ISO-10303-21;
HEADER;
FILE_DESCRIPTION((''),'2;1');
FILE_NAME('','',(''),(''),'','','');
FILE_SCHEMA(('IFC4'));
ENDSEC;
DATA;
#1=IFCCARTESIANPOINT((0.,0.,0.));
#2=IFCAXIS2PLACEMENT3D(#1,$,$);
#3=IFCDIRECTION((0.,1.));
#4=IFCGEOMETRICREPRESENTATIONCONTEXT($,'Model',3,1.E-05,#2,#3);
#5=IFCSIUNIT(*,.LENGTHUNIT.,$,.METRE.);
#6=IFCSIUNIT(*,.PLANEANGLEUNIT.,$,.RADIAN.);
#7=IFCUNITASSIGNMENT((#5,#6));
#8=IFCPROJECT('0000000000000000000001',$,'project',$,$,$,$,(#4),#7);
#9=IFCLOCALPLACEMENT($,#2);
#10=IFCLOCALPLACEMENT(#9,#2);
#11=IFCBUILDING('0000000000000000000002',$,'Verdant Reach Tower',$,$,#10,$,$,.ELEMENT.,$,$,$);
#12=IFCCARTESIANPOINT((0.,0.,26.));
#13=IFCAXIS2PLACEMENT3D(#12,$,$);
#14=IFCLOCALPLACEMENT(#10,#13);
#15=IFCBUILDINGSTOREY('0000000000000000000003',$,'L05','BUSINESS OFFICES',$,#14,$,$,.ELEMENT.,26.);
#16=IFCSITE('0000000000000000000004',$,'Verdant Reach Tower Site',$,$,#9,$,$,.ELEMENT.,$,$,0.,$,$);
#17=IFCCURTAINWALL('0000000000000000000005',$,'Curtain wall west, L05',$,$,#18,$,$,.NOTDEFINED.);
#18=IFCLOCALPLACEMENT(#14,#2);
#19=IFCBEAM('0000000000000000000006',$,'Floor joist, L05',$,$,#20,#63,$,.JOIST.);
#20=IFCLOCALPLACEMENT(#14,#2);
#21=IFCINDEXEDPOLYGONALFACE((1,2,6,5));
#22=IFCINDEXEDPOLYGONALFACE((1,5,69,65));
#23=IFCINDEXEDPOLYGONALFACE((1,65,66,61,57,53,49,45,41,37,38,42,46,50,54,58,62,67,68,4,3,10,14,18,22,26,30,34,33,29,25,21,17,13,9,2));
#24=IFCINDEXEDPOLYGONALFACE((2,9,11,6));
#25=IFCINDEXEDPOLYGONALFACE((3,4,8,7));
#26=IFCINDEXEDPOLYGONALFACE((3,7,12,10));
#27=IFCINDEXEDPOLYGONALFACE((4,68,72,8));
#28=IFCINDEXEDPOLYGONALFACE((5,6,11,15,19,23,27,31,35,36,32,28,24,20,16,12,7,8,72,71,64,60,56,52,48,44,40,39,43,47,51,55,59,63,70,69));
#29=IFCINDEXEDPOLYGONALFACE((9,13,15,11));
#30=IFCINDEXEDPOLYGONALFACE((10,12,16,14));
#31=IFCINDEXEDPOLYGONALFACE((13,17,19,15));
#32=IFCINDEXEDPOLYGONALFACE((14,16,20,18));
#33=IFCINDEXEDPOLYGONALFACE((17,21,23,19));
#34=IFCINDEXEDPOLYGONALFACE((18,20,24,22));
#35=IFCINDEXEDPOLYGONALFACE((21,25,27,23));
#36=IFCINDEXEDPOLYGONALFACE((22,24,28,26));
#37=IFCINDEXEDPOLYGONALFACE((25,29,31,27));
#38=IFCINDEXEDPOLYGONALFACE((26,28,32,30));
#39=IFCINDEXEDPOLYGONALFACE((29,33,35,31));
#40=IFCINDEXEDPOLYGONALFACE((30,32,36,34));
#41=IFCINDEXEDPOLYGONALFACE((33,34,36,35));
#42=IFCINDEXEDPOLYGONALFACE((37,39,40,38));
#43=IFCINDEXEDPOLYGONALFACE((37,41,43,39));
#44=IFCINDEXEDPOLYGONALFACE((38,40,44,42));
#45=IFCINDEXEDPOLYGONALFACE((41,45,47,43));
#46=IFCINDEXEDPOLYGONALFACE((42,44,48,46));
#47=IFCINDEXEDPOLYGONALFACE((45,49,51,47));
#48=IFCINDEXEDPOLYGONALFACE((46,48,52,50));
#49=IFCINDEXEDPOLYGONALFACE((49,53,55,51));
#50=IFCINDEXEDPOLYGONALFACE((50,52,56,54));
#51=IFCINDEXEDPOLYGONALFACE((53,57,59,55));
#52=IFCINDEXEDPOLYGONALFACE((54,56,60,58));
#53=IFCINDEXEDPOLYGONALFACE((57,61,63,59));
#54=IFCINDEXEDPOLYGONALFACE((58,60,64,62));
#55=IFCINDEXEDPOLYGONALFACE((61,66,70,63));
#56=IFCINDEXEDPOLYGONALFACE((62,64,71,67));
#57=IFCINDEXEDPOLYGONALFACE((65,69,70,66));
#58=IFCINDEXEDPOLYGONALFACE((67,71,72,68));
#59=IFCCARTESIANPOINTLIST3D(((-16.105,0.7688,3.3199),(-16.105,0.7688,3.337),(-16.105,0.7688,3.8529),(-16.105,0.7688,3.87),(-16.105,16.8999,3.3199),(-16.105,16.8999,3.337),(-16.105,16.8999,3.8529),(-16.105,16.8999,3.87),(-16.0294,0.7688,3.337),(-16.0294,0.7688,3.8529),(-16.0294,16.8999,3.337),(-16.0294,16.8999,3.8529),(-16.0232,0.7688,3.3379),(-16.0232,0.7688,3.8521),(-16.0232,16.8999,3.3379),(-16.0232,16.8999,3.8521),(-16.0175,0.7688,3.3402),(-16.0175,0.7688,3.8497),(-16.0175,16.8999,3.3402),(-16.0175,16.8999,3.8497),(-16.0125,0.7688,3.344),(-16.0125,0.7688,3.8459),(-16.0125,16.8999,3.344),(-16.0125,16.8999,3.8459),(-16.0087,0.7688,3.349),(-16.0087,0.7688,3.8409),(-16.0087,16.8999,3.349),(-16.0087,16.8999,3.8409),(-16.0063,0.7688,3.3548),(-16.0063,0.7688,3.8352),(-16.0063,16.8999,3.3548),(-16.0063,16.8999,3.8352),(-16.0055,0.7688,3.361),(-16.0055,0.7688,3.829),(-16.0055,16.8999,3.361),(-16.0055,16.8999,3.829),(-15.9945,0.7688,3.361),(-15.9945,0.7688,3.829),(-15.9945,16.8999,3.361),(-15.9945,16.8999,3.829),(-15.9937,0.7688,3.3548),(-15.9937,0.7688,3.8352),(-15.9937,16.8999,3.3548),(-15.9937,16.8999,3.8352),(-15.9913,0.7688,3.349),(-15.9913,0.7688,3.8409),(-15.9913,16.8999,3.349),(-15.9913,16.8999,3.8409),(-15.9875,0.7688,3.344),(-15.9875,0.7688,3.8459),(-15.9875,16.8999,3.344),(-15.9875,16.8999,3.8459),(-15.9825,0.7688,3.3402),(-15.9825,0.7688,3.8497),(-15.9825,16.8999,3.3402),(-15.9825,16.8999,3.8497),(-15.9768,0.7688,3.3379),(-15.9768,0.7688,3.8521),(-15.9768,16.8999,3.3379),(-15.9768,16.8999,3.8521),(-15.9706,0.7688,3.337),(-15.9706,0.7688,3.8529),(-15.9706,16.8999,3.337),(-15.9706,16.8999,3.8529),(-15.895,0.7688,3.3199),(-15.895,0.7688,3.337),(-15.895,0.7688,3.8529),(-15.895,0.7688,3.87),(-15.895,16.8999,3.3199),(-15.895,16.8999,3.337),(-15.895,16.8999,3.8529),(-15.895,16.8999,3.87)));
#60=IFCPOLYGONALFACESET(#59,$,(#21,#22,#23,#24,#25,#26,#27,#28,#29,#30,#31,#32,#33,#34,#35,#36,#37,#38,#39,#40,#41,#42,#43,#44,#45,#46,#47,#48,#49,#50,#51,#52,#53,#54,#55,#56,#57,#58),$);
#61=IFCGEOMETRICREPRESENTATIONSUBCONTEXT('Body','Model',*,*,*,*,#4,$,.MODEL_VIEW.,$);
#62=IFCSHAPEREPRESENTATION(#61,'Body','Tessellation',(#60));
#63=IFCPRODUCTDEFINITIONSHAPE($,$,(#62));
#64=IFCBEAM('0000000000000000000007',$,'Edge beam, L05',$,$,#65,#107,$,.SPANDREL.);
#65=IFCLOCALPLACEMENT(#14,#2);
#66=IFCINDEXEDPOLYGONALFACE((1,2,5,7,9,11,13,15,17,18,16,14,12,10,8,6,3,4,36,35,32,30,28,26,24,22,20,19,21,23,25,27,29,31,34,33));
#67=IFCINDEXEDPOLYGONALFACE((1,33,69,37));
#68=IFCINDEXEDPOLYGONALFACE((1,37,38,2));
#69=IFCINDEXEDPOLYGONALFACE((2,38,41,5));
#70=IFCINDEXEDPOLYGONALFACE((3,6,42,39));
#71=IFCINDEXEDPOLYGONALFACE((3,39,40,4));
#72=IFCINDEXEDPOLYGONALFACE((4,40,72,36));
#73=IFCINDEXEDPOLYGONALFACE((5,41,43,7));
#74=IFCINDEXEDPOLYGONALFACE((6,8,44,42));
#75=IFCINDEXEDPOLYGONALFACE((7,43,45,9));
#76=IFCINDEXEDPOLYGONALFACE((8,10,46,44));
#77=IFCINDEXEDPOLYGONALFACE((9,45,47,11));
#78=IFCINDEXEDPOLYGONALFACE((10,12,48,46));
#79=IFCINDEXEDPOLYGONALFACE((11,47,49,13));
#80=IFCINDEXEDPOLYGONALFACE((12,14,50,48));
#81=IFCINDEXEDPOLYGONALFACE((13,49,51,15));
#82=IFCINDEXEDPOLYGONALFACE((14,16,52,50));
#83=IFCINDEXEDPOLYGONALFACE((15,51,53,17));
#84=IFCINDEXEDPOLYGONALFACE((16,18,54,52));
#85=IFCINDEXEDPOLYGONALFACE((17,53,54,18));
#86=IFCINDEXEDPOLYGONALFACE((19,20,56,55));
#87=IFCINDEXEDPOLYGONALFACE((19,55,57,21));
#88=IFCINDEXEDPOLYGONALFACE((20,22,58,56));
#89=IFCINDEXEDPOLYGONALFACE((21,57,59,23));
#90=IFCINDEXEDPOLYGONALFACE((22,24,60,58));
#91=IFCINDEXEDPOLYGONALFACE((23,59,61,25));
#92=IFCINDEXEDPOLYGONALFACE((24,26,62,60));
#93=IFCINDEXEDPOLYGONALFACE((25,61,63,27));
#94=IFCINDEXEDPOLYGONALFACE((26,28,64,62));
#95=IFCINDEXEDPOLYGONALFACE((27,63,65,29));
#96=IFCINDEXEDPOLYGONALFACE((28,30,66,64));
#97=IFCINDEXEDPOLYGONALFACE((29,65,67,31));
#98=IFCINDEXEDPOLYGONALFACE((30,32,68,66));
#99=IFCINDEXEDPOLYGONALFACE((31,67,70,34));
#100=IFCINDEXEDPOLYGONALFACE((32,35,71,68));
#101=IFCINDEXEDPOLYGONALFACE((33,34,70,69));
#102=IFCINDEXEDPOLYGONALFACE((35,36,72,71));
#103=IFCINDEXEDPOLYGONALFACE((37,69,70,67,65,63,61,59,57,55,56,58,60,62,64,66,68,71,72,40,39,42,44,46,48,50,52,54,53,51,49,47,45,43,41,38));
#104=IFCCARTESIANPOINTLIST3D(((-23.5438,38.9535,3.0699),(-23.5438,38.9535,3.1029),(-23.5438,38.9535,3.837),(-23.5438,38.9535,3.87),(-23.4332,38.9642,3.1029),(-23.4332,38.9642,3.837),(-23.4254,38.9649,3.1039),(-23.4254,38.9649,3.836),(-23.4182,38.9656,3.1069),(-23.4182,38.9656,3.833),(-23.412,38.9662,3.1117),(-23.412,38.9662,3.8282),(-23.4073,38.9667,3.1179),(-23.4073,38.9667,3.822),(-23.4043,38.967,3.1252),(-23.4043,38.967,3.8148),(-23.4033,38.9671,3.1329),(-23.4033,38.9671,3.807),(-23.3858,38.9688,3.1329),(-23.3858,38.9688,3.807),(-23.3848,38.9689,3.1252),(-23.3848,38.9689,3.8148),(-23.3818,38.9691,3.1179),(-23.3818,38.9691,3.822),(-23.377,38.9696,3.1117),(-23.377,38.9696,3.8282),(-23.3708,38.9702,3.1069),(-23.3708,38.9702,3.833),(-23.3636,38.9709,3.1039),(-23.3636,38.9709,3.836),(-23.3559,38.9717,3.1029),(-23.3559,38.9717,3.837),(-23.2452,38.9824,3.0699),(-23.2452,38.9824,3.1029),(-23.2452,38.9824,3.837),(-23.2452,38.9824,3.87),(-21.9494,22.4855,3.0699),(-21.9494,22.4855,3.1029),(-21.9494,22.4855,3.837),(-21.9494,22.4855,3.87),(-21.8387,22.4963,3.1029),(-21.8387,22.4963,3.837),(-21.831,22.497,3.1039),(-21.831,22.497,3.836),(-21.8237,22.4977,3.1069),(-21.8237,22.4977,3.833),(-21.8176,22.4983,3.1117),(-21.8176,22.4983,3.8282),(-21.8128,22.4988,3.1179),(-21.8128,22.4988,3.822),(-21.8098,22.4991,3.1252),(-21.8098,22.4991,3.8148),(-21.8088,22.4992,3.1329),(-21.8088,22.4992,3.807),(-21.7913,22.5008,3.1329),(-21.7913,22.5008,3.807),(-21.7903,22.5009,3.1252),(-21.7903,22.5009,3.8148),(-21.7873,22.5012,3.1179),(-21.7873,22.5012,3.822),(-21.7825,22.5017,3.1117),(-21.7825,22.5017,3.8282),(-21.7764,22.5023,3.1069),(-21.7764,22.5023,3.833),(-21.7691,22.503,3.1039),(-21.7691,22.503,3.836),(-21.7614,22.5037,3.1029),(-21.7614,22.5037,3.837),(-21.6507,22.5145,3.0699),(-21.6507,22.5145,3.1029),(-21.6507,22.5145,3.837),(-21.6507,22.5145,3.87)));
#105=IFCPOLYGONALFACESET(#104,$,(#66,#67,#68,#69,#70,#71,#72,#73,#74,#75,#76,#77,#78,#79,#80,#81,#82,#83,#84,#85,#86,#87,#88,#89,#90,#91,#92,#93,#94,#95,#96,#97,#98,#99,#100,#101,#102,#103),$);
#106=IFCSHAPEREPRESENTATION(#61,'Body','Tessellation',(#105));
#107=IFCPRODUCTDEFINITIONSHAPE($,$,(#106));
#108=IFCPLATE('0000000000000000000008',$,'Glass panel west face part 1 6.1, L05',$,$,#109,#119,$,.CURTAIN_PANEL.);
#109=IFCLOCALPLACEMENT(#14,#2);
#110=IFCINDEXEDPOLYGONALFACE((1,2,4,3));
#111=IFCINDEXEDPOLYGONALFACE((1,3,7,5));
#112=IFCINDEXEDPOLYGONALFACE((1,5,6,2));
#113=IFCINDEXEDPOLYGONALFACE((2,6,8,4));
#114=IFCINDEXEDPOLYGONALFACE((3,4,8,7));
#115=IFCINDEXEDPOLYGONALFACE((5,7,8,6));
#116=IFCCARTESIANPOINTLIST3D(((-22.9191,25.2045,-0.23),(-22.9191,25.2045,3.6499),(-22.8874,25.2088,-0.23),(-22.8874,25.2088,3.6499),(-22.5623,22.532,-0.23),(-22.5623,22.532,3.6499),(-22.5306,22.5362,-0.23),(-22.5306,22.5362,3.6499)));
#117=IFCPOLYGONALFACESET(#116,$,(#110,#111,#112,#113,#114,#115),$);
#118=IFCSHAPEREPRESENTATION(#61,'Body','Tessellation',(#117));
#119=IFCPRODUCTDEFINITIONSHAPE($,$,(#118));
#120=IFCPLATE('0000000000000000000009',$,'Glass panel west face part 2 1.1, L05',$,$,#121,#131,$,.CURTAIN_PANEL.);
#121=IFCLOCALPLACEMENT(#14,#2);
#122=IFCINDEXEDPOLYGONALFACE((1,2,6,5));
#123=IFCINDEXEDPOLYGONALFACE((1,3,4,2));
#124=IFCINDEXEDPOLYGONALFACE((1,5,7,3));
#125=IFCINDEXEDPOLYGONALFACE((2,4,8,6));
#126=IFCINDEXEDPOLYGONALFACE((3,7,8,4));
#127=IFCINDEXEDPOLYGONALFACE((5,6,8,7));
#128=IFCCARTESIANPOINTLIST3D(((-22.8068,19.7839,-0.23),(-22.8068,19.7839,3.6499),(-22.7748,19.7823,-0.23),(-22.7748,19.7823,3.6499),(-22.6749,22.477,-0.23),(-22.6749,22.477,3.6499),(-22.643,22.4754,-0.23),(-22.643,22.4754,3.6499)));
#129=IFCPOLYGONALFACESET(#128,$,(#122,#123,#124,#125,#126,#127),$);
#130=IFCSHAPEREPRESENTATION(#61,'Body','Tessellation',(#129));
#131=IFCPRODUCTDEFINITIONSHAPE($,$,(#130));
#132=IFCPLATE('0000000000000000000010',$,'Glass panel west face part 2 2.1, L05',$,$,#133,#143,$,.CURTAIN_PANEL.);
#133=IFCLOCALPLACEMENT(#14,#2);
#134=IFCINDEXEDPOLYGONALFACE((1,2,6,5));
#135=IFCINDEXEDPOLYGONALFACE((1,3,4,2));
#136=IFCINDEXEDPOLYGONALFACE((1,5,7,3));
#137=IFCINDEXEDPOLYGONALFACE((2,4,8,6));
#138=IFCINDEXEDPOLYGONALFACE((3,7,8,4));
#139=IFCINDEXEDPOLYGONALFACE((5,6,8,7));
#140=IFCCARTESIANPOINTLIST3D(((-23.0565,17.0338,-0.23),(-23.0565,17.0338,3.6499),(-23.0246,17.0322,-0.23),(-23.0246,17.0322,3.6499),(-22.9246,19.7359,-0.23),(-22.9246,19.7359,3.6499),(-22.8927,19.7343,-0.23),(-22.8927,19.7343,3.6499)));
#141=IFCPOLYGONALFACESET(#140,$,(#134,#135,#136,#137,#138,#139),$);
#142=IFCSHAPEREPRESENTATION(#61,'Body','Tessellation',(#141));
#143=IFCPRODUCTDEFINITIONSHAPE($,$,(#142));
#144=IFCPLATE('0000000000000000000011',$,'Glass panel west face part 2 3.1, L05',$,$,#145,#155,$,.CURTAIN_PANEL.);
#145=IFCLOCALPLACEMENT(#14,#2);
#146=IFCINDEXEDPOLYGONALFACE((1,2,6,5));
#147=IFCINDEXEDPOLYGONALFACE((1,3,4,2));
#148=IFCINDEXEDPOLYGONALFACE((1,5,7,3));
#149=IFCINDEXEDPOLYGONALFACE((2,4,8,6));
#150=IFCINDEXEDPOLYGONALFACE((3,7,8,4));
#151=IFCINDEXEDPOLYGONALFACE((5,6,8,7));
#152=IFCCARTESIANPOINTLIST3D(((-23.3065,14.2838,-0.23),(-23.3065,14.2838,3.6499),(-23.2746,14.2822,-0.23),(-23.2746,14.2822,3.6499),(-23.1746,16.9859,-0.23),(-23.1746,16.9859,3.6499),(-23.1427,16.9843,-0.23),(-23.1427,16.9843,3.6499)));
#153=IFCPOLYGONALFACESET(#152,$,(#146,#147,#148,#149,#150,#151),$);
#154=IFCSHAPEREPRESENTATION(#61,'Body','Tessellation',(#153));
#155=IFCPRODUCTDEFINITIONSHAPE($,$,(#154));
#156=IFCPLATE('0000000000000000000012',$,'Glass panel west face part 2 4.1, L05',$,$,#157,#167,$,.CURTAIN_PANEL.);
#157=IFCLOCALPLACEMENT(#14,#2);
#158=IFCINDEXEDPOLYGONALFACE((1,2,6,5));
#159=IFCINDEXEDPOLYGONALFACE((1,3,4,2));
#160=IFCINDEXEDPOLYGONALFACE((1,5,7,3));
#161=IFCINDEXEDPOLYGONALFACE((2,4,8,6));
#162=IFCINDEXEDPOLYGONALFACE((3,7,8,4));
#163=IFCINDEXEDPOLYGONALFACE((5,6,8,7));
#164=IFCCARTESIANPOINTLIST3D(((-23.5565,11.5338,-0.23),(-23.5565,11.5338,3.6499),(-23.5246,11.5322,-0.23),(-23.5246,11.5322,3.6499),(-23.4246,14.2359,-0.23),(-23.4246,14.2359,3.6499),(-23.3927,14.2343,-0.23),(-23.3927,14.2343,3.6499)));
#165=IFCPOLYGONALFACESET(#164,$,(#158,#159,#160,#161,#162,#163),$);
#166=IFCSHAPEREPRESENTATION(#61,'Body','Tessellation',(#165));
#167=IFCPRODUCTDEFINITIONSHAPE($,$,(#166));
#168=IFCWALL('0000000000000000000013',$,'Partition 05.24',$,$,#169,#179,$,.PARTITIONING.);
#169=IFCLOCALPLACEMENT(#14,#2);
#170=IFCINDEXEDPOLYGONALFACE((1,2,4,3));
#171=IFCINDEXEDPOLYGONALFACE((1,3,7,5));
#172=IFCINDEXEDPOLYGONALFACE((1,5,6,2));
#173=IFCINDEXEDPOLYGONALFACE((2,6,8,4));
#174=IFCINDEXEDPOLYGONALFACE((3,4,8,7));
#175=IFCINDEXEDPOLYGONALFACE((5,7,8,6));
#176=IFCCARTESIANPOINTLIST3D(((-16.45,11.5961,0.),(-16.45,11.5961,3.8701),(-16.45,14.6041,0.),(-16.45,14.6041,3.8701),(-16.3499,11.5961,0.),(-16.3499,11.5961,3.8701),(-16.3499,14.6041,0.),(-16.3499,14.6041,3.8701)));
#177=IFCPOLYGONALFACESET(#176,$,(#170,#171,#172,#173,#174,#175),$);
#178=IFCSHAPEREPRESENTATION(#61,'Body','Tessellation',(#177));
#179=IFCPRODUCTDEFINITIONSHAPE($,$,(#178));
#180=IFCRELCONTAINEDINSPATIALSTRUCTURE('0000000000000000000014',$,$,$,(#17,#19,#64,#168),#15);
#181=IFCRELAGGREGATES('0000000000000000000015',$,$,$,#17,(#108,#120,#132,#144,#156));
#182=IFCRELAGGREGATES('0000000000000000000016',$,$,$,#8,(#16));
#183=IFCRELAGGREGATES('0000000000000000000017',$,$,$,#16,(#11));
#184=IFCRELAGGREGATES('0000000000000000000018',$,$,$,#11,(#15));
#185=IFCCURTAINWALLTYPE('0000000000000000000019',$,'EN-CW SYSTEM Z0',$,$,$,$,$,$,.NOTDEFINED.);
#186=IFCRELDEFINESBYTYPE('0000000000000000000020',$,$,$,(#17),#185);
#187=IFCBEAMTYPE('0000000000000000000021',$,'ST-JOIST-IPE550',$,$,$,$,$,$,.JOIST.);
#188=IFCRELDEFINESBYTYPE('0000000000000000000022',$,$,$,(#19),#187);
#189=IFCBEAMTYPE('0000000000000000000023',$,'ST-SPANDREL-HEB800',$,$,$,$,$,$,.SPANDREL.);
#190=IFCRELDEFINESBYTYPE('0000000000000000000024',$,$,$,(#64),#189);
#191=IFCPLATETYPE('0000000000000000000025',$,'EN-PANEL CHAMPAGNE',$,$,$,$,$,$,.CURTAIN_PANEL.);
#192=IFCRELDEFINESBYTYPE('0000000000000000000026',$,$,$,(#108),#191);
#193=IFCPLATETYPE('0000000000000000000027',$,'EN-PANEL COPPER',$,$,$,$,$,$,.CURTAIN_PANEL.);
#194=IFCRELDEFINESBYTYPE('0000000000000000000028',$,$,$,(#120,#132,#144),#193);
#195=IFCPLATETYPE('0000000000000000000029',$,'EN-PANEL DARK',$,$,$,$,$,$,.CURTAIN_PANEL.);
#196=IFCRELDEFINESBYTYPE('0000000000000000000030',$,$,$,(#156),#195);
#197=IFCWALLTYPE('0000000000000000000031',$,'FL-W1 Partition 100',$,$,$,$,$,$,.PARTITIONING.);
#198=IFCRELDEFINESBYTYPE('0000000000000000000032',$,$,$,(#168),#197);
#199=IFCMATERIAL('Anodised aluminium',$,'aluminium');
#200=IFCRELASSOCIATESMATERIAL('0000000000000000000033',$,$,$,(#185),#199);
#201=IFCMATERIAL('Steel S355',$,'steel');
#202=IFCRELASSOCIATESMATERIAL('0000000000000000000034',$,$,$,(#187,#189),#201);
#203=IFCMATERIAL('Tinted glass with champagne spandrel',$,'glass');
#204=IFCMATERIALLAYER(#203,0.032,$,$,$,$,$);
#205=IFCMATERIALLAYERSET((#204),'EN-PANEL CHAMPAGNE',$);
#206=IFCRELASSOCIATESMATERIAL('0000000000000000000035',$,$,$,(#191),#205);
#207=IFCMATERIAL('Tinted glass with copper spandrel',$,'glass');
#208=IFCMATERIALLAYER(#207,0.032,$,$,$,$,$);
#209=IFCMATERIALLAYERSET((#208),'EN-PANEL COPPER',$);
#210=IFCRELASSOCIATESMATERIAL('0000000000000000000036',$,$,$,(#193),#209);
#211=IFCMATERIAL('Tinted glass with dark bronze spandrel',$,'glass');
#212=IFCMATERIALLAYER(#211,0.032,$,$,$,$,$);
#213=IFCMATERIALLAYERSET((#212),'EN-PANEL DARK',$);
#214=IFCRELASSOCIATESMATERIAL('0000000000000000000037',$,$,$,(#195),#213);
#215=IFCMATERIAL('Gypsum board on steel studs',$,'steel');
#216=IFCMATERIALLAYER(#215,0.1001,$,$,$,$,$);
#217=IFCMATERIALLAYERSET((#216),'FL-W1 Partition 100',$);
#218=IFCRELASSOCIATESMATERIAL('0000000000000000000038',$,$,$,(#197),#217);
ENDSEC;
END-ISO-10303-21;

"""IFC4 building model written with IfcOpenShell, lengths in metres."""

from ifc_helpers import new_model, si_unit, direction, frame, frame_2d, origin, origin_2d, place, context, subcontext, project, spatial, rectangle, i_section, extrude, material, layer, layer_set, material_profile, profile_set, type_object, element, aggregate, save


model = new_model("IFC4")

# Units and contexts
model_context = context("Model", 3, precision=1e-05, world=origin(), true_north=direction((0.0, 1.0)))
body_context = subcontext(model_context, "Body", "Model", "MODEL_VIEW")
ifc_project = project(units=[si_unit("LENGTHUNIT", "METRE"), si_unit("PLANEANGLEUNIT", "RADIAN")], contexts=[model_context])

# Site, building, storey
site_placement = place(None, origin())
site = spatial("IfcSite", under=ifc_project, at=site_placement, Name="Verdant Reach Tower Site", CompositionType="ELEMENT", RefElevation=0.0)
building_placement = place(site_placement, origin())
building = spatial("IfcBuilding", under=site, at=building_placement, Name="Verdant Reach Tower", CompositionType="ELEMENT")
storey_placement = place(building_placement, frame((0.0, 0.0, 26.0)))
storey = spatial("IfcBuildingStorey", under=building, at=storey_placement, Name="L05", Description="BUSINESS OFFICES", CompositionType="ELEMENT", Elevation=26.0)

# Curtain wall
ifc_material_1 = material(Name="Anodised aluminium", Category="aluminium")
curtain_wall_type = type_object("IfcCurtainWallType", Name="EN-CW SYSTEM Z0", PredefinedType="NOTDEFINED", material=ifc_material_1)
curtain_wall_placement = place(storey_placement, origin())
curtain_wall = element("IfcCurtainWall", 1, at=curtain_wall_placement, inside=storey, type_object=curtain_wall_type, Name="Curtain wall west, L05", PredefinedType="NOTDEFINED")

# Beams
ifc_material_2 = material(Name="Steel S355", Category="steel")
ifc_material_profile_1 = material_profile(ifc_material_2, i_section(OverallWidth=0.21, OverallDepth=0.55, WebThickness=0.011, FlangeThickness=0.0171, FilletRadius=0.0239, at=origin_2d()), Name="IPE 550")
ifc_profile_set_1 = profile_set([ifc_material_profile_1], Name="Steel S355")
beam_type_1 = type_object("IfcBeamType", Name="ST-JOIST-IPE550", PredefinedType="JOIST", material=ifc_profile_set_1)
beam_1_placement = place(storey_placement, frame((-16.0, 16.8999, 3.595), z_axis=(0.0, -1.0, 0.0), x_axis=(1.0, 0.0, 0.0)))
element("IfcBeam", 2, at=beam_1_placement, inside=storey, type_object=beam_type_1, Name="Floor joist, L05", PredefinedType="JOIST", context=body_context, shape_type="SweptSolid", body=[
    extrude(i_section(OverallWidth=0.21, OverallDepth=0.55, WebThickness=0.011, FlangeThickness=0.0171, FilletRadius=0.0239, at=origin_2d()), origin(), (0.0, 0.0, 1.0), 16.1311),
])
ifc_material_profile_2 = material_profile(ifc_material_2, i_section(OverallWidth=0.3, OverallDepth=0.8, WebThickness=0.0176, FlangeThickness=0.033, FilletRadius=0.03, at=origin_2d()), Name="HEB 800")
ifc_profile_set_2 = profile_set([ifc_material_profile_2], Name="Steel S355")
beam_type_2 = type_object("IfcBeamType", Name="ST-SPANDREL-HEB800", PredefinedType="SPANDREL", material=ifc_profile_set_2)
beam_2_placement = place(storey_placement, frame((-21.8, 22.5, 3.47), z_axis=(-0.096372, 0.995345, 0.0), x_axis=(-0.995345, -0.096372, 0.0)))
element("IfcBeam", 3, at=beam_2_placement, inside=storey, type_object=beam_type_2, Name="Edge beam, L05", PredefinedType="SPANDREL", context=body_context, shape_type="SweptSolid", body=[
    extrude(i_section(OverallWidth=0.3, OverallDepth=0.8, WebThickness=0.0176, FlangeThickness=0.033, FilletRadius=0.03, at=origin_2d()), origin(), (0.0, 0.0, 1.0), 16.5449),
])

# Plates
ifc_material_3 = material(Name="Tinted glass with champagne spandrel", Category="glass")
ifc_layer_1 = layer(ifc_material_3, 0.032)
ifc_layer_set_1 = layer_set([ifc_layer_1], Name="EN-PANEL CHAMPAGNE")
plate_type_1 = type_object("IfcPlateType", Name="EN-PANEL CHAMPAGNE", PredefinedType="CURTAIN_PANEL", material=ifc_layer_set_1)
plate_1_placement = place(storey_placement, frame((-22.7249, 23.8704, -0.23), z_axis=(0.0, 0.0, 1.0), x_axis=(0.132308, -0.991209, 0.0)))
plate_1 = element("IfcPlate", 4, at=plate_1_placement, type_object=plate_type_1, Name="Glass panel west face part 1 6.1, L05", PredefinedType="CURTAIN_PANEL", context=body_context, shape_type="SweptSolid", body=[
    extrude(rectangle(XDim=2.6963, YDim=0.032, at=origin_2d()), origin(), (0.0, 0.0, 1.0), 3.8799),
])
ifc_material_4 = material(Name="Tinted glass with copper spandrel", Category="glass")
ifc_layer_2 = layer(ifc_material_4, 0.032)
ifc_layer_set_2 = layer_set([ifc_layer_2], Name="EN-PANEL COPPER")
plate_type_2 = type_object("IfcPlateType", Name="EN-PANEL COPPER", PredefinedType="CURTAIN_PANEL", material=ifc_layer_set_2)
plate_2_placement = place(storey_placement, frame((-22.7249, 21.1296, -0.23), z_axis=(0.0, 0.0, 1.0), x_axis=(-0.048902, -0.998804, 0.0)))
plate_2 = element("IfcPlate", 5, at=plate_2_placement, type_object=plate_type_2, Name="Glass panel west face part 2 1.1, L05", PredefinedType="CURTAIN_PANEL", context=body_context, shape_type="SweptSolid", body=[
    extrude(rectangle(XDim=2.6963, YDim=0.032, at=origin_2d()), origin(), (0.0, 0.0, 1.0), 3.8799),
])
plate_3_placement = place(storey_placement, frame((-22.9746, 18.384, -0.23), z_axis=(0.0, 0.0, 1.0), x_axis=(-0.048753, -0.998811, 0.0)))
plate_3 = element("IfcPlate", 6, at=plate_3_placement, type_object=plate_type_2, Name="Glass panel west face part 2 2.1, L05", PredefinedType="CURTAIN_PANEL", context=body_context, shape_type="SweptSolid", body=[
    extrude(rectangle(XDim=2.7053, YDim=0.032, at=origin_2d()), origin(), (0.0, 0.0, 1.0), 3.8799),
])
plate_4_placement = place(storey_placement, frame((-23.2246, 15.634, -0.23), z_axis=(0.0, 0.0, 1.0), x_axis=(-0.048753, -0.998811, 0.0)))
plate_4 = element("IfcPlate", 7, at=plate_4_placement, type_object=plate_type_2, Name="Glass panel west face part 2 3.1, L05", PredefinedType="CURTAIN_PANEL", context=body_context, shape_type="SweptSolid", body=[
    extrude(rectangle(XDim=2.7053, YDim=0.032, at=origin_2d()), origin(), (0.0, 0.0, 1.0), 3.8799),
])
ifc_material_5 = material(Name="Tinted glass with dark bronze spandrel", Category="glass")
ifc_layer_3 = layer(ifc_material_5, 0.032)
ifc_layer_set_3 = layer_set([ifc_layer_3], Name="EN-PANEL DARK")
plate_type_3 = type_object("IfcPlateType", Name="EN-PANEL DARK", PredefinedType="CURTAIN_PANEL", material=ifc_layer_set_3)
plate_5_placement = place(storey_placement, frame((-23.4746, 12.884, -0.23), z_axis=(0.0, 0.0, 1.0), x_axis=(-0.048753, -0.998811, 0.0)))
plate_5 = element("IfcPlate", 8, at=plate_5_placement, type_object=plate_type_3, Name="Glass panel west face part 2 4.1, L05", PredefinedType="CURTAIN_PANEL", context=body_context, shape_type="SweptSolid", body=[
    extrude(rectangle(XDim=2.7053, YDim=0.032, at=origin_2d()), origin(), (0.0, 0.0, 1.0), 3.8799),
])
aggregate(curtain_wall, [plate_1, plate_2, plate_3, plate_4, plate_5])

# Wall
ifc_material_6 = material(Name="Gypsum board on steel studs", Category="steel")
ifc_layer_4 = layer(ifc_material_6, 0.1001)
ifc_layer_set_4 = layer_set([ifc_layer_4], Name="FL-W1 Partition 100")
wall_type_1 = type_object("IfcWallType", Name="FL-W1 Partition 100", PredefinedType="PARTITIONING", material=ifc_layer_set_4)
wall_1_placement = place(storey_placement, frame((-16.3999, 14.604, 0.0), z_axis=(0.0, 0.0, 1.0), x_axis=(0.0, -1.0, 0.0)))
element("IfcWall", 9, at=wall_1_placement, inside=storey, type_object=wall_type_1, Name="Partition 05.24", PredefinedType="PARTITIONING", context=body_context, shape_type="SweptSolid", body=[
    extrude(rectangle(XDim=3.0081, YDim=0.1001, at=frame_2d((1.5039, 0.0))), origin(), (0.0, 0.0, 1.0), 3.8701),
])

save(model, "model.ifc")
